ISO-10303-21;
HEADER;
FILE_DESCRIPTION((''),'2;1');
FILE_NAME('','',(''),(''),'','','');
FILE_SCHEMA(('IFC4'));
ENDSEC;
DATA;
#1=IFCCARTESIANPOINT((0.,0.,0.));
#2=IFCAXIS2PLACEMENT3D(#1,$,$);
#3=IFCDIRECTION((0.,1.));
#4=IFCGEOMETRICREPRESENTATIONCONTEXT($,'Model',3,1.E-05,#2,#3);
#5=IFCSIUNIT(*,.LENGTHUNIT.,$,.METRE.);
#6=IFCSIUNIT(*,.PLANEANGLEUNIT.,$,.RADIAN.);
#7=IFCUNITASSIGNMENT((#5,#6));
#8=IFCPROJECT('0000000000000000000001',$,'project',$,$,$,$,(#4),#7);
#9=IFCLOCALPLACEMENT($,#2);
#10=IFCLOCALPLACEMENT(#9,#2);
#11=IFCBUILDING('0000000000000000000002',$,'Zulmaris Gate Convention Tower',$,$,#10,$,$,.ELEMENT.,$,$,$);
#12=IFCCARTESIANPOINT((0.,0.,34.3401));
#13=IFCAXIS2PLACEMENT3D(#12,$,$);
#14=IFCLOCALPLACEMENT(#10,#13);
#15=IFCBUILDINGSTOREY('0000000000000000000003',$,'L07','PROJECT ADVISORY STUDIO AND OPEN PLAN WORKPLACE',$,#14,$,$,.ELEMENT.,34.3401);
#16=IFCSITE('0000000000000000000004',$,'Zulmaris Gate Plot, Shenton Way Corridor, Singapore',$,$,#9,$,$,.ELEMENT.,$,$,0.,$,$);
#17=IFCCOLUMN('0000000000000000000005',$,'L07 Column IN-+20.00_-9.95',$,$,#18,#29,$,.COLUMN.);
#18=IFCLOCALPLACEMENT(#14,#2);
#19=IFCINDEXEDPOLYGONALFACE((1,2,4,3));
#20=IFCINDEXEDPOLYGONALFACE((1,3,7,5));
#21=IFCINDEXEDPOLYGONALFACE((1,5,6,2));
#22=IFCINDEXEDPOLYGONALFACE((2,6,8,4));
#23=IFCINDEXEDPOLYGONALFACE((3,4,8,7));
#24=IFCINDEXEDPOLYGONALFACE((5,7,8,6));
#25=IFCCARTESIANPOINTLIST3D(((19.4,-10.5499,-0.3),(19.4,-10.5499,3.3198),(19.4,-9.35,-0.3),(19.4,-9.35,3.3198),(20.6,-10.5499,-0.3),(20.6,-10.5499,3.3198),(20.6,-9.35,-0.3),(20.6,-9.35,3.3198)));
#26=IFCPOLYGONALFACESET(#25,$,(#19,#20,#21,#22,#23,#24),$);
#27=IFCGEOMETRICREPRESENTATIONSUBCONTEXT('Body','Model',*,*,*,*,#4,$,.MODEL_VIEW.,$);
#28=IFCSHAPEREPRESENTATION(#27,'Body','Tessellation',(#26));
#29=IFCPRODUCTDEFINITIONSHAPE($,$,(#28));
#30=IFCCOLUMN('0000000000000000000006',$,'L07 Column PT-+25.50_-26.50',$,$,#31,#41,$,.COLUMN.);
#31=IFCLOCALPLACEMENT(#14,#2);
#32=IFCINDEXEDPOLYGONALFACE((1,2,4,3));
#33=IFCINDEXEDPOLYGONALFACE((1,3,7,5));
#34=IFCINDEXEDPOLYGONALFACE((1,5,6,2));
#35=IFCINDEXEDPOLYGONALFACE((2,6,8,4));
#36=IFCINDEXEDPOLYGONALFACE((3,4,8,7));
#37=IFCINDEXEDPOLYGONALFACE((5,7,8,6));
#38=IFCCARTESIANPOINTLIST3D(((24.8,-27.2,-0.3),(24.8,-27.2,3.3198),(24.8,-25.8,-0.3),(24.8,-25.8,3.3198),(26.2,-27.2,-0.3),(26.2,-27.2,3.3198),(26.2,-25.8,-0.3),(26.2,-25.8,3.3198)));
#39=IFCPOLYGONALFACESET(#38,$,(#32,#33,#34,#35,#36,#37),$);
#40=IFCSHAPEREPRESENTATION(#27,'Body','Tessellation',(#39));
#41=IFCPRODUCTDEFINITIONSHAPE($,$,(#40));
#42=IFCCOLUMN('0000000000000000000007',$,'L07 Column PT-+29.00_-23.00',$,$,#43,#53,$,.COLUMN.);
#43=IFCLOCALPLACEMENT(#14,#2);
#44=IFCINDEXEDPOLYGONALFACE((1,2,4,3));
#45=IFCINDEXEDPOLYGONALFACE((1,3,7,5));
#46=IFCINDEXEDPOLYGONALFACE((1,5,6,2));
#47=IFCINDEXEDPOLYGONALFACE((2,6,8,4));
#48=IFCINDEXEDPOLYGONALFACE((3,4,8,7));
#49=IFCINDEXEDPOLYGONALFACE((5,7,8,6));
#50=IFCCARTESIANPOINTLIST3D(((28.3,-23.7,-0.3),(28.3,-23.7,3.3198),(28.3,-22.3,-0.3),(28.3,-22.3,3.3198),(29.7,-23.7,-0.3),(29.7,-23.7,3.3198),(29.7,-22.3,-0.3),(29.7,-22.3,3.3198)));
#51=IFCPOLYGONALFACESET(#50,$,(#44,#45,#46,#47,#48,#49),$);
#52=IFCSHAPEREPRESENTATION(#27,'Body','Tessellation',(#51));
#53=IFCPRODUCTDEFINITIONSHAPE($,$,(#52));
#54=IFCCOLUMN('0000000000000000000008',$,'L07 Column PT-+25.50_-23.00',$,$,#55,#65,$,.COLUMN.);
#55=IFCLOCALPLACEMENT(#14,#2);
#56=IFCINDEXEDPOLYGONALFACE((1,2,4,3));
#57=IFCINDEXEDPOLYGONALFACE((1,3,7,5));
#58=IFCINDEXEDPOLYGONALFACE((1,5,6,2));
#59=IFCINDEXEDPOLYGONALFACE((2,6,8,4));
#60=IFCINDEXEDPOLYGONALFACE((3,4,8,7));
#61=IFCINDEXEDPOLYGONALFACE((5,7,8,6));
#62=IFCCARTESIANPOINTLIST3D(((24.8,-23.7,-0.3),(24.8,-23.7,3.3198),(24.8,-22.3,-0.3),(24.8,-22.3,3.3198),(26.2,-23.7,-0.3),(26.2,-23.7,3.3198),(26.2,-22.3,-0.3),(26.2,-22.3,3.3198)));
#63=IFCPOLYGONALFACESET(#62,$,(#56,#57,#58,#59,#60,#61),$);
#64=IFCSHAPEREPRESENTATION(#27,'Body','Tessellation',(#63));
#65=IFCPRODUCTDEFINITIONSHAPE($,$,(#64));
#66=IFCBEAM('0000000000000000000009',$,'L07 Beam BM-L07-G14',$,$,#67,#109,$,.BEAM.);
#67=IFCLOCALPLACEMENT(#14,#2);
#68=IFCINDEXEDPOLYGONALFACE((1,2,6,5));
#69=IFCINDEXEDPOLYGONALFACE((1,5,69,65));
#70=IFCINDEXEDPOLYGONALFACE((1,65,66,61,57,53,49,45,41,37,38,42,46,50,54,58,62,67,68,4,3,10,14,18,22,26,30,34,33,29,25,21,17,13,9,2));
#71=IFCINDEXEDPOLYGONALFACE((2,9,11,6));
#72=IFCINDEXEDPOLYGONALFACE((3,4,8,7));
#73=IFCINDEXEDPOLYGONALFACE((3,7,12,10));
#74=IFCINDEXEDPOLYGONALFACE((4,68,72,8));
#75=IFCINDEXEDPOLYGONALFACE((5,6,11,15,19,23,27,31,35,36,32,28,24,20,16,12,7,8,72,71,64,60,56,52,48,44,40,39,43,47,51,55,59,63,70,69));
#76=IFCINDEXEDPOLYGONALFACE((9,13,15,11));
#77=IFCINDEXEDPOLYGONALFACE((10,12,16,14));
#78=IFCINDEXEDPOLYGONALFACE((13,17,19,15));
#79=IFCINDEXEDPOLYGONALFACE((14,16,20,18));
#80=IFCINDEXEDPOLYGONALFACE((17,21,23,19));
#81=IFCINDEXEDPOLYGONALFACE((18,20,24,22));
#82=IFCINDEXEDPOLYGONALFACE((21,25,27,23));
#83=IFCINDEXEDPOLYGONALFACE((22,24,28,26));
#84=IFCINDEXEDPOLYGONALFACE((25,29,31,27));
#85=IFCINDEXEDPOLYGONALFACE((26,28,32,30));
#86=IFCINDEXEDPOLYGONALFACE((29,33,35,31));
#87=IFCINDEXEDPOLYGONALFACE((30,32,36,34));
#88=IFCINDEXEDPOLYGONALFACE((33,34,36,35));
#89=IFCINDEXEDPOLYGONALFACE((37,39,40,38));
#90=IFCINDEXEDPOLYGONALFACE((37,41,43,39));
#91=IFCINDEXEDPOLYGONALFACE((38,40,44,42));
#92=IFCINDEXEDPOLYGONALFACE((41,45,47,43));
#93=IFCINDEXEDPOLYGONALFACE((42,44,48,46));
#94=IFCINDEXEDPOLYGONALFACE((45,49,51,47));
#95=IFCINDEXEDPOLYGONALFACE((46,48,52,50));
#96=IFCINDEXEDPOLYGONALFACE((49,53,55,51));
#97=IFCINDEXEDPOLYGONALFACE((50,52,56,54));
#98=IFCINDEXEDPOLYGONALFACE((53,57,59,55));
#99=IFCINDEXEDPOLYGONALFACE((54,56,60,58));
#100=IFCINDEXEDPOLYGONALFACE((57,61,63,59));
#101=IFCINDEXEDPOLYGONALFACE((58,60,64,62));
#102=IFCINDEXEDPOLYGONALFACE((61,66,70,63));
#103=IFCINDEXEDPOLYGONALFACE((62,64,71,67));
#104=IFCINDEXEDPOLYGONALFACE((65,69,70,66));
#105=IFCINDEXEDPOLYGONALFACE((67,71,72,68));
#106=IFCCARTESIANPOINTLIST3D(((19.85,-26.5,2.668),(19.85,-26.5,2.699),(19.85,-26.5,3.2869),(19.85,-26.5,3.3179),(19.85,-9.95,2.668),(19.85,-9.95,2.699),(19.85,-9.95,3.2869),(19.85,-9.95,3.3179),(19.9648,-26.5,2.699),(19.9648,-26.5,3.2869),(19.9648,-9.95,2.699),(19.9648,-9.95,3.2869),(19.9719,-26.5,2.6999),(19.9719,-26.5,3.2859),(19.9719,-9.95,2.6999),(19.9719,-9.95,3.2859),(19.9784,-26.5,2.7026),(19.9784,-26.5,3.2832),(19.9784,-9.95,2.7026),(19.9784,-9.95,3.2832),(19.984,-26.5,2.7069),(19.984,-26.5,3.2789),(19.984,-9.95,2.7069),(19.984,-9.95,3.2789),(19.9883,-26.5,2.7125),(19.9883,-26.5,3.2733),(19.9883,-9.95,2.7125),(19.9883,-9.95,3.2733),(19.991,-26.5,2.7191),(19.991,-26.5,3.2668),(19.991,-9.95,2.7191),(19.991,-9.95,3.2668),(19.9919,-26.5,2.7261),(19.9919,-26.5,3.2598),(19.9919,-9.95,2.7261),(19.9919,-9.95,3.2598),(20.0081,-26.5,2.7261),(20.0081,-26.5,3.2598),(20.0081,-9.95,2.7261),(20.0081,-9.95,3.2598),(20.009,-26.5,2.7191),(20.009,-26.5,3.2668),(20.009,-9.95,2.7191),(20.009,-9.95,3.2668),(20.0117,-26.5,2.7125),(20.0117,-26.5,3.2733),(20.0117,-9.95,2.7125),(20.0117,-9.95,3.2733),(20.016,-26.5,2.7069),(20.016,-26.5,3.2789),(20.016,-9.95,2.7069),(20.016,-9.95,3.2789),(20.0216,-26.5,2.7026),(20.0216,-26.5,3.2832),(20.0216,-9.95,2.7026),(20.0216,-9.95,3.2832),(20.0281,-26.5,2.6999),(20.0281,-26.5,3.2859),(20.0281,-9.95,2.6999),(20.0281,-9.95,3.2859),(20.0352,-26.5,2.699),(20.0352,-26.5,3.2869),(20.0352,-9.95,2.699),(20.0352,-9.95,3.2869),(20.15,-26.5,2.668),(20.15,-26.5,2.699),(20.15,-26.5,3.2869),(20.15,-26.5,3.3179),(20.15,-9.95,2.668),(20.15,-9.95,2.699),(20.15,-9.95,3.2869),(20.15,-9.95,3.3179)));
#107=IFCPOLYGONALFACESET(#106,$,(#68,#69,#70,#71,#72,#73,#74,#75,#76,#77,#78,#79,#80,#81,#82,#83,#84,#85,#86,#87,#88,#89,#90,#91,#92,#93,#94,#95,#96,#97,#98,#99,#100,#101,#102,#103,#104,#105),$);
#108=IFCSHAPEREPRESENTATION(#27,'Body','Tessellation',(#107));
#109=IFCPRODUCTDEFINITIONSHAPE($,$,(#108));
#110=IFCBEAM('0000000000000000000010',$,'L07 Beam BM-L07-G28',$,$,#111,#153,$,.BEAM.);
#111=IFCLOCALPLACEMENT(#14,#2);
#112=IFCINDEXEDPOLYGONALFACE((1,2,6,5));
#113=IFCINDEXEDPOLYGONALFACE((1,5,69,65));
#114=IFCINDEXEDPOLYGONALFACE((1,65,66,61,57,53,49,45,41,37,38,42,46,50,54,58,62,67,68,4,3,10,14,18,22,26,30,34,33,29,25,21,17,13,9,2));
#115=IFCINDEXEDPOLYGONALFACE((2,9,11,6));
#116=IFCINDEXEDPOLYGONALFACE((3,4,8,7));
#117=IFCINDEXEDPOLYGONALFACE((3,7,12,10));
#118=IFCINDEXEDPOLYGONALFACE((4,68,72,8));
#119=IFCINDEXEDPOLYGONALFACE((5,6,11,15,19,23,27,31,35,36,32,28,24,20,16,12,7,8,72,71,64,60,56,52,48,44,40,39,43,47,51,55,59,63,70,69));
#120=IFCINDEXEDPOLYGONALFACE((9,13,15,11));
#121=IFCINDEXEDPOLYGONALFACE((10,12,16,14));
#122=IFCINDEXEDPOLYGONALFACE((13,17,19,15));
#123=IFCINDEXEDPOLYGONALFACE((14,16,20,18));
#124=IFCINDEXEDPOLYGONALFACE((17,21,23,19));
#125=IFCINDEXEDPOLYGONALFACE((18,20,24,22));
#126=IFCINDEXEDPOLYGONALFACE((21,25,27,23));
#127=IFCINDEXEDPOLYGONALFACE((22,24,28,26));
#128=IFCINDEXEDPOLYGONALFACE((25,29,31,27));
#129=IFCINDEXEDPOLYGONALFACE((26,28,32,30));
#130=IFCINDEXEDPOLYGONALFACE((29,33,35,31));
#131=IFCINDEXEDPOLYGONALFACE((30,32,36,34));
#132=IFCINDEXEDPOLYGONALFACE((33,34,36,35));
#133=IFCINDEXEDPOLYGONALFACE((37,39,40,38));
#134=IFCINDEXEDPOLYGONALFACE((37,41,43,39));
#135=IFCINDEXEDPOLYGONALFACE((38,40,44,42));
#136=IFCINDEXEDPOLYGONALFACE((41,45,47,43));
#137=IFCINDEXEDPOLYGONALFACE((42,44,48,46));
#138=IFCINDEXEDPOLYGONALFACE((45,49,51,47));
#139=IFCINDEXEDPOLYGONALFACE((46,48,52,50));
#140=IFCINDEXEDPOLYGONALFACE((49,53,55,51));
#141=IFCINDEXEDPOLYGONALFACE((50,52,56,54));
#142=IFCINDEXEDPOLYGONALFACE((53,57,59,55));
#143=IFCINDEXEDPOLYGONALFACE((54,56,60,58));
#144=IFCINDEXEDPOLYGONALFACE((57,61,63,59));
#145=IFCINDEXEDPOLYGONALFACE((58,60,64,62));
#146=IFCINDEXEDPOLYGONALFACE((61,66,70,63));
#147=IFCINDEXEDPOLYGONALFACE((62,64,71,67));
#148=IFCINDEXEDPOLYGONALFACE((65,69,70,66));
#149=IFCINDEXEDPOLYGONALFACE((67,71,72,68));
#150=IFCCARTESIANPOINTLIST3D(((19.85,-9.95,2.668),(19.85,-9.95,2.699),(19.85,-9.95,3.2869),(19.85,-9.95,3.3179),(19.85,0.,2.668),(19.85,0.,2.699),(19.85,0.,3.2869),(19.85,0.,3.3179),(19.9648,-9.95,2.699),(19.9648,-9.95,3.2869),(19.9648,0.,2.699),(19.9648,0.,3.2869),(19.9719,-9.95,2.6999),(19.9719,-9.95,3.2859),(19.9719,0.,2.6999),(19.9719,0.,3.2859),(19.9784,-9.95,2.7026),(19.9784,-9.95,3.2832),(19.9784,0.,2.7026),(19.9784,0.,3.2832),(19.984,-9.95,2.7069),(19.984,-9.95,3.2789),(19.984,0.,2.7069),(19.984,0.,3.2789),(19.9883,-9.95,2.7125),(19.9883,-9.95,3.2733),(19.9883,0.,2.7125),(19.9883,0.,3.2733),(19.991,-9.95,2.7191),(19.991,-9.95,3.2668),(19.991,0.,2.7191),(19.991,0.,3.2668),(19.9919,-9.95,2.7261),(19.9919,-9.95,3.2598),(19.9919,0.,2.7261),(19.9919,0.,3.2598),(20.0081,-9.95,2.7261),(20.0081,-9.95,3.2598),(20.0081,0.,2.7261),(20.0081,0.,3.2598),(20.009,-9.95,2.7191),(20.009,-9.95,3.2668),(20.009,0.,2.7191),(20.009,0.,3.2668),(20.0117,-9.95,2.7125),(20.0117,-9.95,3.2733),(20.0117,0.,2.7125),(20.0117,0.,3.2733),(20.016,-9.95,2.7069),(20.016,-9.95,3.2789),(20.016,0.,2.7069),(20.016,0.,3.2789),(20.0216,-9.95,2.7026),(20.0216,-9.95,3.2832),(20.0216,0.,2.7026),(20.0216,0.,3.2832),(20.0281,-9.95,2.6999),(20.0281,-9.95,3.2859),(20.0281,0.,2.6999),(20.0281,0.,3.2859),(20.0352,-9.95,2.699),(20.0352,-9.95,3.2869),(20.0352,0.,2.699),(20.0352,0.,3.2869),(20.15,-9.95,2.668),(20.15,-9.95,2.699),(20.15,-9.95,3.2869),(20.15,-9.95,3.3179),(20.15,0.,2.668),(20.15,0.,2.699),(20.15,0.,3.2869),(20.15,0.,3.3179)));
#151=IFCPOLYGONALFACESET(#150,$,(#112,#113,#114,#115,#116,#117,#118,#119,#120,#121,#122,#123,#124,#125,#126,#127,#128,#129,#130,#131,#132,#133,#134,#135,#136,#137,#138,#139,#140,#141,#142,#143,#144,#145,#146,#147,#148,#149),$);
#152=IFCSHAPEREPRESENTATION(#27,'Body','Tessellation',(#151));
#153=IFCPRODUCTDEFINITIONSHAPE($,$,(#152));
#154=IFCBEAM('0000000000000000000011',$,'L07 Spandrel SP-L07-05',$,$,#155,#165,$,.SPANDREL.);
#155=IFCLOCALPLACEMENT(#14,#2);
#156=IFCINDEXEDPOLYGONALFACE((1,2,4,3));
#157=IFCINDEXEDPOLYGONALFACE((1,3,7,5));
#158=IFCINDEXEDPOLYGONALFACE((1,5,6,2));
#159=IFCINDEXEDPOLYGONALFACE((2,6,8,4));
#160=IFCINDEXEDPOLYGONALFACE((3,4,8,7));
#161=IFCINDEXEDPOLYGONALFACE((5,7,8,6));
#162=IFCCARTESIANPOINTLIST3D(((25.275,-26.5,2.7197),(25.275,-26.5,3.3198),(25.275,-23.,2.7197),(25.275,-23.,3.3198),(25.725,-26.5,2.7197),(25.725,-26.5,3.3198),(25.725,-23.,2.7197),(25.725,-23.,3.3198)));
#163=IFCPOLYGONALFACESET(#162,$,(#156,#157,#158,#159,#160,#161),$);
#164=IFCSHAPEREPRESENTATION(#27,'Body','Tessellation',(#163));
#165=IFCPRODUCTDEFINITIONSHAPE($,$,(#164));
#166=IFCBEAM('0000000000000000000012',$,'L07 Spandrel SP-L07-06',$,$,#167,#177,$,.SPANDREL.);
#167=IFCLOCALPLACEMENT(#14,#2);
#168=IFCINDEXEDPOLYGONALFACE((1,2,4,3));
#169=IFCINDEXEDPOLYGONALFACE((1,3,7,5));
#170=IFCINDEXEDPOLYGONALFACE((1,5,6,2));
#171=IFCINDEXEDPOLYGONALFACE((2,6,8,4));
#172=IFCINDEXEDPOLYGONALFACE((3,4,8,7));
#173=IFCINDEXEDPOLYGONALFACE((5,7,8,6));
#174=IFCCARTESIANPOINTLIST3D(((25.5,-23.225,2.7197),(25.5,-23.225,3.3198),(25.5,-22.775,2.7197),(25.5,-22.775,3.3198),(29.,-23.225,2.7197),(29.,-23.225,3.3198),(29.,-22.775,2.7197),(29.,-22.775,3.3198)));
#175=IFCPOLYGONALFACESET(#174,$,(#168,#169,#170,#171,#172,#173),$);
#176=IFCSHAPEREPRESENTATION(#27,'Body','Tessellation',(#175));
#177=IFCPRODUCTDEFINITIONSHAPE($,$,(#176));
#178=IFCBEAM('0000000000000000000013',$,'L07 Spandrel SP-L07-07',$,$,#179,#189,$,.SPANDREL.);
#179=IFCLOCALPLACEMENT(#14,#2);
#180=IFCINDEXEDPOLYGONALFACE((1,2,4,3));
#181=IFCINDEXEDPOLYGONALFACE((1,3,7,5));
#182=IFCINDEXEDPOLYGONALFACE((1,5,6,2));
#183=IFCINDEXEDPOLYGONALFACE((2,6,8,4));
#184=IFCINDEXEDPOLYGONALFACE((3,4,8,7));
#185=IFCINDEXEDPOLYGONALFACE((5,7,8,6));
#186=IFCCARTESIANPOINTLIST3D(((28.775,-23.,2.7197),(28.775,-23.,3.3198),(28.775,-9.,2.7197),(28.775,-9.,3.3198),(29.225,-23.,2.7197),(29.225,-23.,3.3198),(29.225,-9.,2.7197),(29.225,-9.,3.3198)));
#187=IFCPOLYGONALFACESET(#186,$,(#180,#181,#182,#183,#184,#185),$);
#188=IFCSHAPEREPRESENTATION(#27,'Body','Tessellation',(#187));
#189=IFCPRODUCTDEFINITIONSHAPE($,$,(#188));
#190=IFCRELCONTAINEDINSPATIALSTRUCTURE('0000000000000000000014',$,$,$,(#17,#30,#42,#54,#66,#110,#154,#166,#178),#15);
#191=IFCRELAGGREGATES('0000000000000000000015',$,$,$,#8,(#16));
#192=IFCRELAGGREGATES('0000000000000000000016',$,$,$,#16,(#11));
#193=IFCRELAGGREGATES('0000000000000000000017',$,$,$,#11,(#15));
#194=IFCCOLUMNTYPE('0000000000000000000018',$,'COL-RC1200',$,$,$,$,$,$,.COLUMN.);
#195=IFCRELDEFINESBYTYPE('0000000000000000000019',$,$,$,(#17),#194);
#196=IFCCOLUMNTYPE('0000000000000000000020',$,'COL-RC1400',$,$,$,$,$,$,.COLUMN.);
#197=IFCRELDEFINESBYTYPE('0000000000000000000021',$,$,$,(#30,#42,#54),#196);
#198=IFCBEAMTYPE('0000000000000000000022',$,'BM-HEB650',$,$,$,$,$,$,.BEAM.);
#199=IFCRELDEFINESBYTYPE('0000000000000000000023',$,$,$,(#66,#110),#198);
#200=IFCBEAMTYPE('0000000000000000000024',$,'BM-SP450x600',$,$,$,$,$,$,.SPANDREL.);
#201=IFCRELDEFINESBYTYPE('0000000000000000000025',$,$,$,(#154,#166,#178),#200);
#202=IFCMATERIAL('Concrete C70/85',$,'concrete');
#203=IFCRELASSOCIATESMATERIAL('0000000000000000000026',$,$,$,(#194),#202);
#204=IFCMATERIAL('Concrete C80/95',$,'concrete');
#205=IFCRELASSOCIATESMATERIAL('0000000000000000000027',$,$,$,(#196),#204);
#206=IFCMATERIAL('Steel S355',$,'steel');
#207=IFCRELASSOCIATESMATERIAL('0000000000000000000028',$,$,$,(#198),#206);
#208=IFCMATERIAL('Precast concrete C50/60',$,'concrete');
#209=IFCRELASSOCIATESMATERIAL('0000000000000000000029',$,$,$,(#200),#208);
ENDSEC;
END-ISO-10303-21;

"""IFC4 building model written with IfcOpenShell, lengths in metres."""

from ifc_helpers import new_model, si_unit, direction, frame, origin, origin_2d, place, context, subcontext, project, spatial, rectangle, i_section, extrude, material, material_profile, profile_set, type_object, element, save


model = new_model("IFC4")

# Units and contexts
model_context = context("Model", 3, precision=1e-05, world=origin(), true_north=direction((0.0, 1.0)))
body_context = subcontext(model_context, "Body", "Model", "MODEL_VIEW")
ifc_project = project(units=[si_unit("LENGTHUNIT", "METRE"), si_unit("PLANEANGLEUNIT", "RADIAN")], contexts=[model_context])

# Site, building, storey
site_placement = place(None, origin())
site = spatial("IfcSite", under=ifc_project, at=site_placement, Name="Zulmaris Gate Plot, Shenton Way Corridor, Singapore", CompositionType="ELEMENT", RefElevation=0.0)
building_placement = place(site_placement, origin())
building = spatial("IfcBuilding", under=site, at=building_placement, Name="Zulmaris Gate Convention Tower", CompositionType="ELEMENT")
storey_placement = place(building_placement, frame((0.0, 0.0, 34.3401)))
storey = spatial("IfcBuildingStorey", under=building, at=storey_placement, Name="L07", Description="PROJECT ADVISORY STUDIO AND OPEN PLAN WORKPLACE", CompositionType="ELEMENT", Elevation=34.3401)

# Columns
ifc_material_1 = material(Name="Concrete C70/85", Category="concrete")
ifc_material_profile_1 = material_profile(ifc_material_1, rectangle(XDim=1.2, YDim=1.2, at=origin_2d()), Name="RC COL 1200x1200")
ifc_profile_set_1 = profile_set([ifc_material_profile_1], Name="Concrete C70/85")
column_type_1 = type_object("IfcColumnType", Name="COL-RC1200", PredefinedType="COLUMN", material=ifc_profile_set_1)
column_placement = place(storey_placement, frame((20.0, -9.95, -0.3), z_axis=(0.0, 0.0, 1.0), x_axis=(1.0, 0.0, 0.0)))
element("IfcColumn", 1, at=column_placement, inside=storey, type_object=column_type_1, Name="L07 Column IN-+20.00_-9.95", PredefinedType="COLUMN", context=body_context, shape_type="SweptSolid", body=[
    extrude(rectangle(XDim=1.2, YDim=1.2, at=origin_2d()), origin(), (0.0, 0.0, 1.0), 3.6199),
])
ifc_material_2 = material(Name="Concrete C80/95", Category="concrete")
ifc_material_profile_2 = material_profile(ifc_material_2, rectangle(XDim=1.3999, YDim=1.3999, at=origin_2d()), Name="RC COL 1400x1400")
ifc_profile_set_2 = profile_set([ifc_material_profile_2], Name="Concrete C80/95")
column_type_2 = type_object("IfcColumnType", Name="COL-RC1400", PredefinedType="COLUMN", material=ifc_profile_set_2)
for number, where, z_axis, x_axis, name in (
    (2, (25.5, -26.5, -0.3), (0.0, 0.0, 1.0), (1.0, 0.0, 0.0), "L07 Column PT-+25.50_-26.50"),
    (3, (29.0, -23.0, -0.3), (0.0, 0.0, 1.0), (1.0, 0.0, 0.0), "L07 Column PT-+29.00_-23.00"),
    (4, (25.5, -23.0, -0.3), (0.0, 0.0, 1.0), (1.0, 0.0, 0.0), "L07 Column PT-+25.50_-23.00"),
):
    element("IfcColumn", number, at=place(storey_placement, frame(where, z_axis=z_axis, x_axis=x_axis)), inside=storey, type_object=column_type_2, Name=name, PredefinedType="COLUMN", context=body_context, shape_type="SweptSolid", body=[
        extrude(rectangle(XDim=1.3999, YDim=1.3999, at=origin_2d()), origin(), (0.0, 0.0, 1.0), 3.6199),
    ])

# Beams
ifc_material_3 = material(Name="Steel S355", Category="steel")
ifc_material_profile_3 = material_profile(ifc_material_3, i_section(OverallWidth=0.3, OverallDepth=0.6499, WebThickness=0.0161, FlangeThickness=0.031, FilletRadius=0.0271, at=origin_2d()), Name="HEB 650")
ifc_profile_set_3 = profile_set([ifc_material_profile_3], Name="Steel S355")
beam_type_1 = type_object("IfcBeamType", Name="BM-HEB650", PredefinedType="BEAM", material=ifc_profile_set_3)
beam_1_placement = place(storey_placement, frame((20.0, -26.5, 2.9929), z_axis=(0.0, 1.0, 0.0), x_axis=(-1.0, 0.0, 0.0)))
element("IfcBeam", 5, at=beam_1_placement, inside=storey, type_object=beam_type_1, Name="L07 Beam BM-L07-G14", PredefinedType="BEAM", context=body_context, shape_type="SweptSolid", body=[
    extrude(i_section(OverallWidth=0.3, OverallDepth=0.6499, WebThickness=0.0161, FlangeThickness=0.031, FilletRadius=0.0271, at=origin_2d()), origin(), (0.0, 0.0, 1.0), 16.55),
])
beam_2_placement = place(storey_placement, frame((20.0, -9.95, 2.9929), z_axis=(0.0, 1.0, 0.0), x_axis=(-1.0, 0.0, 0.0)))
element("IfcBeam", 6, at=beam_2_placement, inside=storey, type_object=beam_type_1, Name="L07 Beam BM-L07-G28", PredefinedType="BEAM", context=body_context, shape_type="SweptSolid", body=[
    extrude(i_section(OverallWidth=0.3, OverallDepth=0.6499, WebThickness=0.0161, FlangeThickness=0.031, FilletRadius=0.0271, at=origin_2d()), origin(), (0.0, 0.0, 1.0), 9.95),
])
ifc_material_4 = material(Name="Precast concrete C50/60", Category="concrete")
ifc_material_profile_4 = material_profile(ifc_material_4, rectangle(XDim=0.45, YDim=0.6001, at=origin_2d()), Name="RC SPANDREL 450x600")
ifc_profile_set_4 = profile_set([ifc_material_profile_4], Name="Precast concrete C50/60")
beam_type_2 = type_object("IfcBeamType", Name="BM-SP450x600", PredefinedType="SPANDREL", material=ifc_profile_set_4)
for number, where, z_axis, x_axis, name in (
    (7, (25.5, -26.5, 3.0198), (0.0, 1.0, 0.0), (-1.0, 0.0, 0.0), "L07 Spandrel SP-L07-05"),
    (8, (25.5, -23.0, 3.0198), (1.0, 0.0, 0.0), (0.0, 1.0, 0.0), "L07 Spandrel SP-L07-06"),
):
    element("IfcBeam", number, at=place(storey_placement, frame(where, z_axis=z_axis, x_axis=x_axis)), inside=storey, type_object=beam_type_2, Name=name, PredefinedType="SPANDREL", context=body_context, shape_type="SweptSolid", body=[
        extrude(rectangle(XDim=0.45, YDim=0.6001, at=origin_2d()), origin(), (0.0, 0.0, 1.0), 3.5),
    ])
beam_3_placement = place(storey_placement, frame((29.0, -23.0, 3.0198), z_axis=(0.0, 1.0, 0.0), x_axis=(-1.0, 0.0, 0.0)))
element("IfcBeam", 9, at=beam_3_placement, inside=storey, type_object=beam_type_2, Name="L07 Spandrel SP-L07-07", PredefinedType="SPANDREL", context=body_context, shape_type="SweptSolid", body=[
    extrude(rectangle(XDim=0.45, YDim=0.6001, at=origin_2d()), origin(), (0.0, 0.0, 1.0), 14.0),
])

save(model, "model.ifc")
